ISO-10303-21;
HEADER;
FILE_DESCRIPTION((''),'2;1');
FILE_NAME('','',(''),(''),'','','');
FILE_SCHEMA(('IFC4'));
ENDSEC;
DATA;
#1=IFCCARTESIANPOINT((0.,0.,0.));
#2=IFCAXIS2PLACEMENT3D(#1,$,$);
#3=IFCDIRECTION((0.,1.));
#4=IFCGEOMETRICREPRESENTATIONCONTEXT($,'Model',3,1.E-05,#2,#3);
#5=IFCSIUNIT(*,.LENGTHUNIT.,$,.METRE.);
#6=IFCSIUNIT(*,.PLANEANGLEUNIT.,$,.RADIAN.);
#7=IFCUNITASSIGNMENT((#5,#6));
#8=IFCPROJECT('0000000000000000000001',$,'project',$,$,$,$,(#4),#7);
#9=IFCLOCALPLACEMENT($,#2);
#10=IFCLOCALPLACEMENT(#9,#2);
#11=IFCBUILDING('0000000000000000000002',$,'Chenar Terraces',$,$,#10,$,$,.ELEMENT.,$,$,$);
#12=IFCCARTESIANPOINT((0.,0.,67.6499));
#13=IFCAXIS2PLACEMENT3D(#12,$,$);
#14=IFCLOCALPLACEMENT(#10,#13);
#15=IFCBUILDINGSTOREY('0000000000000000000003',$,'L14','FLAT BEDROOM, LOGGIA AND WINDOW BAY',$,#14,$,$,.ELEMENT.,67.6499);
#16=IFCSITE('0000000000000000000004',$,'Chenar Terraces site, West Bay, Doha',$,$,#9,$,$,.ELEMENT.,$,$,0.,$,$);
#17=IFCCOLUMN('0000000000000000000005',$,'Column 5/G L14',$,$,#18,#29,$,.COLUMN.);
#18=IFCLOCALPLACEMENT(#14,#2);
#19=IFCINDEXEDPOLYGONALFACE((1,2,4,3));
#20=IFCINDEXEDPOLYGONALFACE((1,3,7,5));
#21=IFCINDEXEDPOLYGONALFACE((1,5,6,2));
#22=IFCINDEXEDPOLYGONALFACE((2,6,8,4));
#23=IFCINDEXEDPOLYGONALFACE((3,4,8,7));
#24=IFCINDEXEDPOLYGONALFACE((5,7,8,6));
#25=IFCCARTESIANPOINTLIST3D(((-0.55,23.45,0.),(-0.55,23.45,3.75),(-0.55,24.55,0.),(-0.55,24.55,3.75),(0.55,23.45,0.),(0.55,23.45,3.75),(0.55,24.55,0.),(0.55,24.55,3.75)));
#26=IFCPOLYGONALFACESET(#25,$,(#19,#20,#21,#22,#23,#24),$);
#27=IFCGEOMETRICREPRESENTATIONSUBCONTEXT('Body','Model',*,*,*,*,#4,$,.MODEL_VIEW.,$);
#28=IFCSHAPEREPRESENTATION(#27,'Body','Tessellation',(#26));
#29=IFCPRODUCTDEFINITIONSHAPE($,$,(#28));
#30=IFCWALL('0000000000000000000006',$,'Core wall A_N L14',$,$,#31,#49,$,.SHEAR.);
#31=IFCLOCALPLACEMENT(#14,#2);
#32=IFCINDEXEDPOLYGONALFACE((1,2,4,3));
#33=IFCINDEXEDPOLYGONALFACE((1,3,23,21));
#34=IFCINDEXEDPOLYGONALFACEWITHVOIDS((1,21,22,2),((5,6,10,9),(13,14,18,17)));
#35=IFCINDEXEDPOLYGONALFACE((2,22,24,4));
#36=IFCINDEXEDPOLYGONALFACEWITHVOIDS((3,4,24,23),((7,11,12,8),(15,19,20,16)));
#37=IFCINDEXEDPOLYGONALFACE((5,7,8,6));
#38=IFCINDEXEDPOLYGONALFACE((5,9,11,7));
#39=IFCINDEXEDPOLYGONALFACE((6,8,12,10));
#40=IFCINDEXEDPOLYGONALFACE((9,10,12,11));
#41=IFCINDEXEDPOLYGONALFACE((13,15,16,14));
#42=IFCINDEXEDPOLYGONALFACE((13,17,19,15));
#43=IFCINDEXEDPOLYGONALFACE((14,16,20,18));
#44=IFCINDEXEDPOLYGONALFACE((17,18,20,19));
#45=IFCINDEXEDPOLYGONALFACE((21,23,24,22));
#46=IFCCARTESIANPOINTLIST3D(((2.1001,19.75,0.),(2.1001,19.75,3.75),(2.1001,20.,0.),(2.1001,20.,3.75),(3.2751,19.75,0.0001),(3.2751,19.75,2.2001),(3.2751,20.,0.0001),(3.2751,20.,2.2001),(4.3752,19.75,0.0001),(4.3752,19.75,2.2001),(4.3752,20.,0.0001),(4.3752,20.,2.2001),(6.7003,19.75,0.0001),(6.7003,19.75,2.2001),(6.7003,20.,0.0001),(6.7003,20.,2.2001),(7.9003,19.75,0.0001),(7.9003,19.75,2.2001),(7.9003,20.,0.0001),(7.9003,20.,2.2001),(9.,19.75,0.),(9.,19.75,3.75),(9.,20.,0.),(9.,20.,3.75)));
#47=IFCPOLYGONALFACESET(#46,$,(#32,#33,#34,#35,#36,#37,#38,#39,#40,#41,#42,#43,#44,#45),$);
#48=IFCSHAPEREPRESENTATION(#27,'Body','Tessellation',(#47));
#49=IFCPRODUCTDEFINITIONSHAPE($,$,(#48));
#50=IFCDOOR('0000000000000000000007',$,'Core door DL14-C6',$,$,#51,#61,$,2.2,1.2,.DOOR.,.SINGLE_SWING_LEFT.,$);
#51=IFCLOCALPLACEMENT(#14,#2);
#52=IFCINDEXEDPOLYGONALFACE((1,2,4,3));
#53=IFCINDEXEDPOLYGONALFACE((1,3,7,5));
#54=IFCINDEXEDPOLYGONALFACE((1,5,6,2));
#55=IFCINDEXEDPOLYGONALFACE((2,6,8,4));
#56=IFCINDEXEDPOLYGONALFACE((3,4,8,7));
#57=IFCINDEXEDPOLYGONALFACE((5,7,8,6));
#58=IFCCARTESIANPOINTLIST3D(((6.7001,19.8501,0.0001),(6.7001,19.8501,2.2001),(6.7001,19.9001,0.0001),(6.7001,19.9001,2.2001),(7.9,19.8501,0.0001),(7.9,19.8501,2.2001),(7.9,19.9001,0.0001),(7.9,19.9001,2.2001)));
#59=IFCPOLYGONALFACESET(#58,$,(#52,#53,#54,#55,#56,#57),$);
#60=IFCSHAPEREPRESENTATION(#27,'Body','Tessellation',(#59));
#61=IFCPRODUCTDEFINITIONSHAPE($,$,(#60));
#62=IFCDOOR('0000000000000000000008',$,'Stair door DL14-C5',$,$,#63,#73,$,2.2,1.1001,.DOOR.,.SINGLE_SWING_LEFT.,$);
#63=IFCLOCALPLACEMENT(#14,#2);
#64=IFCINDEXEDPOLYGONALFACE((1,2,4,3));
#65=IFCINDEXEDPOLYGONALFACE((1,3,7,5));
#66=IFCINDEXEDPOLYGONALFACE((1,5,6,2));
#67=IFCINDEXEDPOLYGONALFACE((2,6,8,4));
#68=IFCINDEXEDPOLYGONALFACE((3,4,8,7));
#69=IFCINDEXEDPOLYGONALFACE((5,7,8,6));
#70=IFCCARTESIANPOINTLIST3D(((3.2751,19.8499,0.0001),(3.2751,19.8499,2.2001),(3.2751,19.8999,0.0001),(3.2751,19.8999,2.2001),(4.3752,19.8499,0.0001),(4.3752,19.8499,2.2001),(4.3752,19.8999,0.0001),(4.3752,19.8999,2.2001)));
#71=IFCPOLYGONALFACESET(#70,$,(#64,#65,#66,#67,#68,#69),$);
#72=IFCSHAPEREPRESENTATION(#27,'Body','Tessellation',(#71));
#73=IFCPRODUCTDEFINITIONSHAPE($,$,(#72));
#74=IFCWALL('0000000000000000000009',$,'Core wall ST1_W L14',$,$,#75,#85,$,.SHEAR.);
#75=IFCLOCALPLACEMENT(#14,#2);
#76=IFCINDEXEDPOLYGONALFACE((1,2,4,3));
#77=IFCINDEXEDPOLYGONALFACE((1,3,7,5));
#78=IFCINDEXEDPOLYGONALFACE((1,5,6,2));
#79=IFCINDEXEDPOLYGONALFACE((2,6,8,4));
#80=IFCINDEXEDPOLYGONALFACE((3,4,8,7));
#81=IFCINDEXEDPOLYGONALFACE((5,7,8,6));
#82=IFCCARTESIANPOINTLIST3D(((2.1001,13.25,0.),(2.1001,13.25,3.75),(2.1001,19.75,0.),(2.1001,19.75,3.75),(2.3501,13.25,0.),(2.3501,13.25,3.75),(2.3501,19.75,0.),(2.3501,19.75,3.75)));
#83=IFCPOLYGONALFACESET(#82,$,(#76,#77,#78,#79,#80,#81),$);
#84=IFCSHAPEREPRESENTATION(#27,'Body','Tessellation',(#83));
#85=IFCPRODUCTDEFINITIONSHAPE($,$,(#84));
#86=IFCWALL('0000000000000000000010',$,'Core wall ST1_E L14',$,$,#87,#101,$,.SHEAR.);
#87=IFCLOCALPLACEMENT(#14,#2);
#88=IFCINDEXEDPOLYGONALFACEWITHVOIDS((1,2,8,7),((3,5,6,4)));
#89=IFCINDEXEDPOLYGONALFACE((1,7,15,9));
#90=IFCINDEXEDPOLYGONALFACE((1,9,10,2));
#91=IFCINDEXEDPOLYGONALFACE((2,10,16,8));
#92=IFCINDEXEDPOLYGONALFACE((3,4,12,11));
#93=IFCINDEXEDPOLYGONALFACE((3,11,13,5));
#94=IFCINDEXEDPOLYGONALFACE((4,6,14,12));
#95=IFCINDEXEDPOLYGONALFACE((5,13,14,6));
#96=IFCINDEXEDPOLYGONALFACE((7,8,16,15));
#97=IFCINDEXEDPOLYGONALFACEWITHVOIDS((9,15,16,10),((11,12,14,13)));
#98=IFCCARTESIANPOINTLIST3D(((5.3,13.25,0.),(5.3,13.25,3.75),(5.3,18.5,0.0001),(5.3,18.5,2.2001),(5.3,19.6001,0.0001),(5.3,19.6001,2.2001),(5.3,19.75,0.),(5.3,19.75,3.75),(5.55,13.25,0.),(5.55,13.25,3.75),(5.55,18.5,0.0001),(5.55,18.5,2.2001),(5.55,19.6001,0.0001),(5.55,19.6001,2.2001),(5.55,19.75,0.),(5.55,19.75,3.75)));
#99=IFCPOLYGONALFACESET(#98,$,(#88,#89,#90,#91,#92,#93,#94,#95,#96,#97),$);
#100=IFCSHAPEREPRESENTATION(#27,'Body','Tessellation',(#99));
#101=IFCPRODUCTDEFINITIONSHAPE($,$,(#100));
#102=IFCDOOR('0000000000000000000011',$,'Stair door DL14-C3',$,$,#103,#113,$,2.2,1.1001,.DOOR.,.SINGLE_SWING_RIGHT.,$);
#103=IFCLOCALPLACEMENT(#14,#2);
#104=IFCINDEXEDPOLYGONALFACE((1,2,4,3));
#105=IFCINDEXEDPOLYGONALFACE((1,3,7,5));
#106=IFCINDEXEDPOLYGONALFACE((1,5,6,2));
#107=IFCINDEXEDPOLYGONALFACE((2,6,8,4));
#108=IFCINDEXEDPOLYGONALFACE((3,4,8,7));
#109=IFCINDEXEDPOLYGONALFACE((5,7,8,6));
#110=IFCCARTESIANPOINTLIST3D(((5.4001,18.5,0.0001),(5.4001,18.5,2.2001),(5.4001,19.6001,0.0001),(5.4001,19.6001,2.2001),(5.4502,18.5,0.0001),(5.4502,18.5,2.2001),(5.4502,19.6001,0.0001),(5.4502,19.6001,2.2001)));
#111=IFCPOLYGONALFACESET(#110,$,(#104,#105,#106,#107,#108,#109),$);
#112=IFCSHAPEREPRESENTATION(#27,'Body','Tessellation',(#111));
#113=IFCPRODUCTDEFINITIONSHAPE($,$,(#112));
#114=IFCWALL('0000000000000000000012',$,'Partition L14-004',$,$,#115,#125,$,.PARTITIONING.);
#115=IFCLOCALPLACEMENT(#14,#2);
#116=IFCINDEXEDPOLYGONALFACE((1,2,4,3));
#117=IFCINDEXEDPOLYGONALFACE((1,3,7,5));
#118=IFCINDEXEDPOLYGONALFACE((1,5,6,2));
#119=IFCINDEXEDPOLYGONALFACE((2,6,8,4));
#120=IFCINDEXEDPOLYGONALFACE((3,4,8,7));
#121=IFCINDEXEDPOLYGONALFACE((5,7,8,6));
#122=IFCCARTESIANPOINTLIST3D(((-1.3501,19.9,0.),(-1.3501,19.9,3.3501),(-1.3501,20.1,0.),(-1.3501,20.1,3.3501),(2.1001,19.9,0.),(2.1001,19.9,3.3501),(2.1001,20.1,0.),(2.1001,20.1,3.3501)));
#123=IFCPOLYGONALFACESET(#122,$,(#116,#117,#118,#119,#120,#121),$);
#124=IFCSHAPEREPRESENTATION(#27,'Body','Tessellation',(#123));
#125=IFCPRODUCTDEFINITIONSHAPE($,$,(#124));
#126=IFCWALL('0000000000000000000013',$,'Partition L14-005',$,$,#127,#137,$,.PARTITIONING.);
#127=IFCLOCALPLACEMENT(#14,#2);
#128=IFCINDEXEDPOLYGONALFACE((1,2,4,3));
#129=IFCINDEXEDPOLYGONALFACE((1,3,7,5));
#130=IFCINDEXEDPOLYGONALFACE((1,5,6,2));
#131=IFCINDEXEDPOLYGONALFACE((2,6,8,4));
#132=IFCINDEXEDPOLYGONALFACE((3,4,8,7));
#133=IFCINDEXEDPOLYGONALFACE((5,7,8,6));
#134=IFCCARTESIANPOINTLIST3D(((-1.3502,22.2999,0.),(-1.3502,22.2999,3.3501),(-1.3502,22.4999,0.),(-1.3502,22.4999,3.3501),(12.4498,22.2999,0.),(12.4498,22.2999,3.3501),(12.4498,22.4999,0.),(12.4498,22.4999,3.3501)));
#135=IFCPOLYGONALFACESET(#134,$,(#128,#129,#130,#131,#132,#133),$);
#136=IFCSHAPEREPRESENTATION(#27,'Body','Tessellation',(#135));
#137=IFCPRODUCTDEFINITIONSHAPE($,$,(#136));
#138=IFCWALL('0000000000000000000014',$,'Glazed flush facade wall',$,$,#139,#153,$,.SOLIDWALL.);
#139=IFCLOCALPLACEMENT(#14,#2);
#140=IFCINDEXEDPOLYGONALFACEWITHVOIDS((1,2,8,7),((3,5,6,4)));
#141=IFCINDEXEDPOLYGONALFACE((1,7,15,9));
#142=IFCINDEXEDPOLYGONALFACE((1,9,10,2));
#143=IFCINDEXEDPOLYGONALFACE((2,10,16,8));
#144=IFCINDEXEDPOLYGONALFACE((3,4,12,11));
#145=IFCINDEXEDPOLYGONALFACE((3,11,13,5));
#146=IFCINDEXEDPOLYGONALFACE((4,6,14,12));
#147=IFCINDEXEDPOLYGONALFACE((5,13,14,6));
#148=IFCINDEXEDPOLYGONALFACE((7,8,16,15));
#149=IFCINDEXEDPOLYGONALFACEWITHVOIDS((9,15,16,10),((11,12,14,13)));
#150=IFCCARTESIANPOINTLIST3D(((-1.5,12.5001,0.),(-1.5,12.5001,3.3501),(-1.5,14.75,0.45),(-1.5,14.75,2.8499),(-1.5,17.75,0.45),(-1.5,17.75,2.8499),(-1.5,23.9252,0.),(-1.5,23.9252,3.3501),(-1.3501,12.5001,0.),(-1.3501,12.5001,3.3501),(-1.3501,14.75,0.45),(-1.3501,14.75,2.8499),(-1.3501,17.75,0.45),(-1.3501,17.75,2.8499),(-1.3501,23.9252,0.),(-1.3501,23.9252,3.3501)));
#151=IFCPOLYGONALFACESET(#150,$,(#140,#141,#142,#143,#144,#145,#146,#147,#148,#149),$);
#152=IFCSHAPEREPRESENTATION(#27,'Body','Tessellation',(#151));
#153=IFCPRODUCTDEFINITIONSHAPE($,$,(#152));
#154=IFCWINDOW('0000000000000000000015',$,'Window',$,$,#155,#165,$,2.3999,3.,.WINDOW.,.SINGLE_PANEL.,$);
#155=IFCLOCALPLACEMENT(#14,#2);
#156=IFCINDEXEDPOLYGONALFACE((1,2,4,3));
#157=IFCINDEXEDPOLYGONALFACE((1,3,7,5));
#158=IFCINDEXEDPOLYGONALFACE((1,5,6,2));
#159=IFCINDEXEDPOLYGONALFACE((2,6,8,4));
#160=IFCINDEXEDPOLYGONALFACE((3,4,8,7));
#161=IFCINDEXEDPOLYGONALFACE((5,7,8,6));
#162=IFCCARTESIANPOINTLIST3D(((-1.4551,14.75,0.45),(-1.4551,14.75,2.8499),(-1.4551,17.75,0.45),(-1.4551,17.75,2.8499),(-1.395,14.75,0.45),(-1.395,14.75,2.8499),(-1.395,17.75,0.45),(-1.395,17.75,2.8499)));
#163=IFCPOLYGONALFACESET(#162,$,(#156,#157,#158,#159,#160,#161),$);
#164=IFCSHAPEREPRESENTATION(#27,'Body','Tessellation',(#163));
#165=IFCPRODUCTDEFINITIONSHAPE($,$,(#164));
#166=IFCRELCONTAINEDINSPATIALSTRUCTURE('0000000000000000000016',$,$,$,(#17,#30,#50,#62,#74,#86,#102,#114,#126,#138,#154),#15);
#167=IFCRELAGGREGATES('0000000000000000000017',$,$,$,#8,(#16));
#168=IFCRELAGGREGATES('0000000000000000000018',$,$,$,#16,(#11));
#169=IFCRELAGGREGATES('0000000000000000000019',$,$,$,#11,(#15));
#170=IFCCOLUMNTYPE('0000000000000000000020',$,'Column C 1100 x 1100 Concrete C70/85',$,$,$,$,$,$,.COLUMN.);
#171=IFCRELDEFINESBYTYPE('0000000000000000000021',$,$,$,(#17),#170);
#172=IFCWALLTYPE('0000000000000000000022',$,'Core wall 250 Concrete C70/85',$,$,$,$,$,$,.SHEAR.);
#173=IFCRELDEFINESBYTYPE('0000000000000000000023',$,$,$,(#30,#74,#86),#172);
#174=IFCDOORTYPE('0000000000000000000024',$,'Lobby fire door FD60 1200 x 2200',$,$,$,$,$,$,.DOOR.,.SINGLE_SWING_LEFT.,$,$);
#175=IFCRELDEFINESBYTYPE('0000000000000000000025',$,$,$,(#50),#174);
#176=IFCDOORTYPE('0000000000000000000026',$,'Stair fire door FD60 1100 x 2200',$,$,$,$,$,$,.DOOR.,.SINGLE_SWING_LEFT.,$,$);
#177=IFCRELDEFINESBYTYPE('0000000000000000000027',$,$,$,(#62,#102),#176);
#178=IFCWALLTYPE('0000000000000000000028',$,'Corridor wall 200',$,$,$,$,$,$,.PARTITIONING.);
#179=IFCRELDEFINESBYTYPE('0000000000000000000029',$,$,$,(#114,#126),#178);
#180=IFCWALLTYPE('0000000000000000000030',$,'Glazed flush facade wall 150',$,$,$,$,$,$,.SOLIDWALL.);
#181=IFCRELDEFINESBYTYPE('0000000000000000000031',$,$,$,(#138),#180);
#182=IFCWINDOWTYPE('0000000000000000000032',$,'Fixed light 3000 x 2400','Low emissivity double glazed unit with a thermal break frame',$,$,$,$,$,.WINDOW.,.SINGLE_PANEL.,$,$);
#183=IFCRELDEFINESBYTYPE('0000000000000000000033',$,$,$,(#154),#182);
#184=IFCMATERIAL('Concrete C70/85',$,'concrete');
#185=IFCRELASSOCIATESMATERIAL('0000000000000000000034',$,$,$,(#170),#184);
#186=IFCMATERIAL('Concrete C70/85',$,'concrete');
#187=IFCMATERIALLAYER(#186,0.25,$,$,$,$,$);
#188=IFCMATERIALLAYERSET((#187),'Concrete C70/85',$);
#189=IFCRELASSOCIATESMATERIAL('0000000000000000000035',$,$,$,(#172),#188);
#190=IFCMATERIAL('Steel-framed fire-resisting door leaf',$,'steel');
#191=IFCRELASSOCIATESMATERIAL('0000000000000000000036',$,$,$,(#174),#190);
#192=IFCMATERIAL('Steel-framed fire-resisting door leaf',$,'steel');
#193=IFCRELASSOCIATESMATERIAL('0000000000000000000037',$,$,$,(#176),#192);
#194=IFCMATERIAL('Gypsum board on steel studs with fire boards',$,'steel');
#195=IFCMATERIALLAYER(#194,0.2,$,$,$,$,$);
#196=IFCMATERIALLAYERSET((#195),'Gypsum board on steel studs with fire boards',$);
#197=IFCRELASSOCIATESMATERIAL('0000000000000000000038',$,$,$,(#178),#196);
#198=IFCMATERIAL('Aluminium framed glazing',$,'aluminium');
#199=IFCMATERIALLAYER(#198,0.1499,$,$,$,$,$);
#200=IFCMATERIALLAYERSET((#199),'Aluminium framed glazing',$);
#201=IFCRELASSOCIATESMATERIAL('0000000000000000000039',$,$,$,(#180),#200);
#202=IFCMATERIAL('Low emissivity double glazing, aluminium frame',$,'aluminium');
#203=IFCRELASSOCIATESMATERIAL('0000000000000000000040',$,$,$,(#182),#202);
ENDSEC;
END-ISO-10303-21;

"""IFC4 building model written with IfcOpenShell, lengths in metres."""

from ifc_helpers import new_model, si_unit, direction, frame, frame_2d, origin, origin_2d, place, context, subcontext, project, spatial, rectangle, extrude, material, layer, layer_set, material_profile, profile_set, type_object, element, fill, save


model = new_model("IFC4")

# Units and contexts
model_context = context("Model", 3, precision=1e-05, world=origin(), true_north=direction((0.0, 1.0)))
body_context = subcontext(model_context, "Body", "Model", "MODEL_VIEW")
ifc_project = project(units=[si_unit("LENGTHUNIT", "METRE"), si_unit("PLANEANGLEUNIT", "RADIAN")], contexts=[model_context])

# Site, building, storey
site_placement = place(None, origin())
site = spatial("IfcSite", under=ifc_project, at=site_placement, Name="Chenar Terraces site, West Bay, Doha", CompositionType="ELEMENT", RefElevation=0.0)
building_placement = place(site_placement, origin())
building = spatial("IfcBuilding", under=site, at=building_placement, Name="Chenar Terraces", CompositionType="ELEMENT")
storey_placement = place(building_placement, frame((0.0, 0.0, 67.6499)))
storey = spatial("IfcBuildingStorey", under=building, at=storey_placement, Name="L14", Description="FLAT BEDROOM, LOGGIA AND WINDOW BAY", CompositionType="ELEMENT", Elevation=67.6499)

# Column
ifc_material_1 = material(Name="Concrete C70/85", Category="concrete")
ifc_material_profile = material_profile(ifc_material_1, rectangle(XDim=1.1001, YDim=1.1001, at=origin_2d()), Name="C 1100 x 1100")
ifc_profile_set = profile_set([ifc_material_profile], Name="Concrete C70/85")
column_type = type_object("IfcColumnType", Name="Column C 1100 x 1100 Concrete C70/85", PredefinedType="COLUMN", material=ifc_profile_set)
column_placement = place(storey_placement, frame((0.0, 24.0, 0.0), z_axis=(0.0, 0.0, 1.0), x_axis=(1.0, 0.0, 0.0)))
element("IfcColumn", 1, at=column_placement, inside=storey, type_object=column_type, Name="Column 5/G L14", PredefinedType="COLUMN", context=body_context, shape_type="SweptSolid", body=[
    extrude(rectangle(XDim=1.1001, YDim=1.1001, at=origin_2d()), origin(), (0.0, 0.0, 1.0), 3.75),
])

# Wall, openings, doors
ifc_material_2 = material(Name="Concrete C70/85", Category="concrete")
ifc_layer_1 = layer(ifc_material_2, 0.25)
ifc_layer_set_1 = layer_set([ifc_layer_1], Name="Concrete C70/85")
wall_type_1 = type_object("IfcWallType", Name="Core wall 250 Concrete C70/85", PredefinedType="SHEAR", material=ifc_layer_set_1)
wall_1_placement = place(storey_placement, frame((2.1001, 19.875, 0.0), z_axis=(0.0, 0.0, 1.0), x_axis=(1.0, 0.0, 0.0)))
wall_1 = element("IfcWall", 2, at=wall_1_placement, inside=storey, type_object=wall_type_1, Name="Core wall A_N L14", PredefinedType="SHEAR", context=body_context, shape_type="SweptSolid", body=[
    extrude(rectangle(XDim=6.8999, YDim=0.25, at=frame_2d((3.45, 0.0))), origin(), (0.0, 0.0, 1.0), 3.75),
])
opening_1_placement = place(wall_1_placement, frame((1.175, 0.0, 0.0)))
opening_1 = element("IfcOpeningElement", 3, at=opening_1_placement, cuts=wall_1, PredefinedType="OPENING", context=body_context, shape_type="SweptSolid", body=[
    extrude(rectangle(XDim=1.1001, YDim=2.2, at=frame_2d((0.55, 1.1001))), frame((0.0, 0.135, 0.0), z_axis=(0.0, -1.0, 0.0), x_axis=(1.0, 0.0, 0.0)), (0.0, 0.0, 1.0), 0.27),
])
opening_2_placement = place(wall_1_placement, frame((4.6001, 0.0, 0.0)))
opening_2 = element("IfcOpeningElement", 4, at=opening_2_placement, cuts=wall_1, PredefinedType="OPENING", context=body_context, shape_type="SweptSolid", body=[
    extrude(rectangle(XDim=1.2, YDim=2.2, at=frame_2d((0.6001, 1.1001))), frame((0.0, 0.135, 0.0), z_axis=(0.0, -1.0, 0.0), x_axis=(1.0, 0.0, 0.0)), (0.0, 0.0, 1.0), 0.27),
])
ifc_material_3 = material(Name="Steel-framed fire-resisting door leaf", Category="steel")
door_type_1 = type_object("IfcDoorType", Name="Lobby fire door FD60 1200 x 2200", OperationType="SINGLE_SWING_LEFT", PredefinedType="DOOR", material=ifc_material_3)
door_1_placement = place(opening_2_placement, frame((1.2, 0.0, 0.0), z_axis=(0.0, 0.0, 1.0), x_axis=(-1.0, 0.0, 0.0)))
door_1 = element("IfcDoor", 5, at=door_1_placement, inside=storey, type_object=door_type_1, Name="Core door DL14-C6", OperationType="SINGLE_SWING_LEFT", OverallHeight=2.2, OverallWidth=1.2, PredefinedType="DOOR", context=body_context, shape_type="SweptSolid", body=[
    extrude(rectangle(XDim=1.2, YDim=2.2, at=frame_2d((0.6001, 1.1001))), frame((0.0, 0.0249, 0.0), z_axis=(0.0, -1.0, 0.0), x_axis=(1.0, 0.0, 0.0)), (0.0, 0.0, 1.0), 0.05),
])
fill(opening_2, door_1)
ifc_material_4 = material(Name="Steel-framed fire-resisting door leaf", Category="steel")
door_type_2 = type_object("IfcDoorType", Name="Stair fire door FD60 1100 x 2200", OperationType="SINGLE_SWING_LEFT", PredefinedType="DOOR", material=ifc_material_4)
door_2_placement = place(opening_1_placement, origin())
door_2 = element("IfcDoor", 6, at=door_2_placement, inside=storey, type_object=door_type_2, Name="Stair door DL14-C5", OperationType="SINGLE_SWING_LEFT", OverallHeight=2.2, OverallWidth=1.1001, PredefinedType="DOOR", context=body_context, shape_type="SweptSolid", body=[
    extrude(rectangle(XDim=1.1001, YDim=2.2, at=frame_2d((0.55, 1.1001))), frame((0.0, 0.0249, 0.0), z_axis=(0.0, -1.0, 0.0), x_axis=(1.0, 0.0, 0.0)), (0.0, 0.0, 1.0), 0.05),
])
fill(opening_1, door_2)

# Wall
wall_2_placement = place(storey_placement, frame((2.2251, 13.25, 0.0), z_axis=(0.0, 0.0, 1.0), x_axis=(0.0, 1.0, 0.0)))
element("IfcWall", 7, at=wall_2_placement, inside=storey, type_object=wall_type_1, Name="Core wall ST1_W L14", PredefinedType="SHEAR", context=body_context, shape_type="SweptSolid", body=[
    extrude(rectangle(XDim=6.5, YDim=0.25, at=frame_2d((3.25, 0.0))), origin(), (0.0, 0.0, 1.0), 3.75),
])

# Wall, opening, door
wall_3_placement = place(storey_placement, frame((5.425, 13.25, 0.0), z_axis=(0.0, 0.0, 1.0), x_axis=(0.0, 1.0, 0.0)))
wall_3 = element("IfcWall", 8, at=wall_3_placement, inside=storey, type_object=wall_type_1, Name="Core wall ST1_E L14", PredefinedType="SHEAR", context=body_context, shape_type="SweptSolid", body=[
    extrude(rectangle(XDim=6.5, YDim=0.25, at=frame_2d((3.25, 0.0))), origin(), (0.0, 0.0, 1.0), 3.75),
])
opening_3_placement = place(wall_3_placement, frame((5.25, 0.0, 0.0)))
opening_3 = element("IfcOpeningElement", 9, at=opening_3_placement, cuts=wall_3, PredefinedType="OPENING", context=body_context, shape_type="SweptSolid", body=[
    extrude(rectangle(XDim=1.1001, YDim=2.2, at=frame_2d((0.55, 1.1001))), frame((0.0, 0.135, 0.0), z_axis=(0.0, -1.0, 0.0), x_axis=(1.0, 0.0, 0.0)), (0.0, 0.0, 1.0), 0.27),
])
door_3_placement = place(opening_3_placement, origin())
door_3 = element("IfcDoor", 10, at=door_3_placement, inside=storey, type_object=door_type_2, Name="Stair door DL14-C3", OperationType="SINGLE_SWING_RIGHT", OverallHeight=2.2, OverallWidth=1.1001, PredefinedType="DOOR", context=body_context, shape_type="SweptSolid", body=[
    extrude(rectangle(XDim=1.1001, YDim=2.2, at=frame_2d((0.55, 1.1001))), frame((0.0, 0.0249, 0.0), z_axis=(0.0, -1.0, 0.0), x_axis=(1.0, 0.0, 0.0)), (0.0, 0.0, 1.0), 0.05),
])
fill(opening_3, door_3)

# Walls
ifc_material_5 = material(Name="Gypsum board on steel studs with fire boards", Category="steel")
ifc_layer_2 = layer(ifc_material_5, 0.2)
ifc_layer_set_2 = layer_set([ifc_layer_2], Name="Gypsum board on steel studs with fire boards")
wall_type_2 = type_object("IfcWallType", Name="Corridor wall 200", PredefinedType="PARTITIONING", material=ifc_layer_set_2)
wall_4_placement = place(storey_placement, frame((-1.3501, 20.0, 0.0), z_axis=(0.0, 0.0, 1.0), x_axis=(1.0, 0.0, 0.0)))
element("IfcWall", 11, at=wall_4_placement, inside=storey, type_object=wall_type_2, Name="Partition L14-004", PredefinedType="PARTITIONING", context=body_context, shape_type="SweptSolid", body=[
    extrude(rectangle(XDim=3.4502, YDim=0.2, at=frame_2d((1.7251, 0.0))), origin(), (0.0, 0.0, 1.0), 3.3501),
])
wall_5_placement = place(storey_placement, frame((-1.3501, 22.3999, 0.0), z_axis=(0.0, 0.0, 1.0), x_axis=(1.0, 0.0, 0.0)))
element("IfcWall", 12, at=wall_5_placement, inside=storey, type_object=wall_type_2, Name="Partition L14-005", PredefinedType="PARTITIONING", context=body_context, shape_type="SweptSolid", body=[
    extrude(rectangle(XDim=13.8, YDim=0.2, at=frame_2d((6.8999, 0.0))), origin(), (0.0, 0.0, 1.0), 3.3501),
])

# Wall, opening, window
ifc_material_6 = material(Name="Aluminium framed glazing", Category="aluminium")
ifc_layer_3 = layer(ifc_material_6, 0.1499)
ifc_layer_set_3 = layer_set([ifc_layer_3], Name="Aluminium framed glazing")
wall_type_3 = type_object("IfcWallType", Name="Glazed flush facade wall 150", PredefinedType="SOLIDWALL", material=ifc_layer_set_3)
wall_6_placement = place(storey_placement, frame((-1.425, 23.925, 0.0), z_axis=(0.0, 0.0, 1.0), x_axis=(0.0, -1.0, 0.0)))
wall_6 = element("IfcWall", 13, at=wall_6_placement, inside=storey, type_object=wall_type_3, Name="Glazed flush facade wall", PredefinedType="SOLIDWALL", context=body_context, shape_type="SweptSolid", body=[
    extrude(rectangle(XDim=11.425, YDim=0.1499, at=frame_2d((5.7124, 0.0))), origin(), (0.0, 0.0, 1.0), 3.3501),
])
opening_4_placement = place(wall_6_placement, frame((6.175, 0.0, 0.45)))
opening_4 = element("IfcOpeningElement", 14, at=opening_4_placement, cuts=wall_6, PredefinedType="OPENING", context=body_context, shape_type="SweptSolid", body=[
    extrude(rectangle(XDim=3.0, YDim=2.3999, at=frame_2d((1.5, 1.2))), frame((0.0, 0.085, 0.0), z_axis=(0.0, -1.0, 0.0), x_axis=(1.0, 0.0, 0.0)), (0.0, 0.0, 1.0), 0.1699),
])
ifc_material_7 = material(Name="Low emissivity double glazing, aluminium frame", Category="aluminium")
window_type = type_object("IfcWindowType", Name="Fixed light 3000 x 2400", Description="Low emissivity double glazed unit with a thermal break frame", PartitioningType="SINGLE_PANEL", PredefinedType="WINDOW", material=ifc_material_7)
window_placement = place(opening_4_placement, origin())
window = element("IfcWindow", 15, at=window_placement, inside=storey, type_object=window_type, Name="Window", OverallHeight=2.3999, OverallWidth=3.0, PartitioningType="SINGLE_PANEL", PredefinedType="WINDOW", context=body_context, shape_type="SweptSolid", body=[
    extrude(rectangle(XDim=3.0, YDim=2.3999, at=frame_2d((1.5, 1.2))), frame((0.0, 0.03, 0.0), z_axis=(0.0, -1.0, 0.0), x_axis=(1.0, 0.0, 0.0)), (0.0, 0.0, 1.0), 0.0601),
])
fill(opening_4, window)

save(model, "model.ifc")
